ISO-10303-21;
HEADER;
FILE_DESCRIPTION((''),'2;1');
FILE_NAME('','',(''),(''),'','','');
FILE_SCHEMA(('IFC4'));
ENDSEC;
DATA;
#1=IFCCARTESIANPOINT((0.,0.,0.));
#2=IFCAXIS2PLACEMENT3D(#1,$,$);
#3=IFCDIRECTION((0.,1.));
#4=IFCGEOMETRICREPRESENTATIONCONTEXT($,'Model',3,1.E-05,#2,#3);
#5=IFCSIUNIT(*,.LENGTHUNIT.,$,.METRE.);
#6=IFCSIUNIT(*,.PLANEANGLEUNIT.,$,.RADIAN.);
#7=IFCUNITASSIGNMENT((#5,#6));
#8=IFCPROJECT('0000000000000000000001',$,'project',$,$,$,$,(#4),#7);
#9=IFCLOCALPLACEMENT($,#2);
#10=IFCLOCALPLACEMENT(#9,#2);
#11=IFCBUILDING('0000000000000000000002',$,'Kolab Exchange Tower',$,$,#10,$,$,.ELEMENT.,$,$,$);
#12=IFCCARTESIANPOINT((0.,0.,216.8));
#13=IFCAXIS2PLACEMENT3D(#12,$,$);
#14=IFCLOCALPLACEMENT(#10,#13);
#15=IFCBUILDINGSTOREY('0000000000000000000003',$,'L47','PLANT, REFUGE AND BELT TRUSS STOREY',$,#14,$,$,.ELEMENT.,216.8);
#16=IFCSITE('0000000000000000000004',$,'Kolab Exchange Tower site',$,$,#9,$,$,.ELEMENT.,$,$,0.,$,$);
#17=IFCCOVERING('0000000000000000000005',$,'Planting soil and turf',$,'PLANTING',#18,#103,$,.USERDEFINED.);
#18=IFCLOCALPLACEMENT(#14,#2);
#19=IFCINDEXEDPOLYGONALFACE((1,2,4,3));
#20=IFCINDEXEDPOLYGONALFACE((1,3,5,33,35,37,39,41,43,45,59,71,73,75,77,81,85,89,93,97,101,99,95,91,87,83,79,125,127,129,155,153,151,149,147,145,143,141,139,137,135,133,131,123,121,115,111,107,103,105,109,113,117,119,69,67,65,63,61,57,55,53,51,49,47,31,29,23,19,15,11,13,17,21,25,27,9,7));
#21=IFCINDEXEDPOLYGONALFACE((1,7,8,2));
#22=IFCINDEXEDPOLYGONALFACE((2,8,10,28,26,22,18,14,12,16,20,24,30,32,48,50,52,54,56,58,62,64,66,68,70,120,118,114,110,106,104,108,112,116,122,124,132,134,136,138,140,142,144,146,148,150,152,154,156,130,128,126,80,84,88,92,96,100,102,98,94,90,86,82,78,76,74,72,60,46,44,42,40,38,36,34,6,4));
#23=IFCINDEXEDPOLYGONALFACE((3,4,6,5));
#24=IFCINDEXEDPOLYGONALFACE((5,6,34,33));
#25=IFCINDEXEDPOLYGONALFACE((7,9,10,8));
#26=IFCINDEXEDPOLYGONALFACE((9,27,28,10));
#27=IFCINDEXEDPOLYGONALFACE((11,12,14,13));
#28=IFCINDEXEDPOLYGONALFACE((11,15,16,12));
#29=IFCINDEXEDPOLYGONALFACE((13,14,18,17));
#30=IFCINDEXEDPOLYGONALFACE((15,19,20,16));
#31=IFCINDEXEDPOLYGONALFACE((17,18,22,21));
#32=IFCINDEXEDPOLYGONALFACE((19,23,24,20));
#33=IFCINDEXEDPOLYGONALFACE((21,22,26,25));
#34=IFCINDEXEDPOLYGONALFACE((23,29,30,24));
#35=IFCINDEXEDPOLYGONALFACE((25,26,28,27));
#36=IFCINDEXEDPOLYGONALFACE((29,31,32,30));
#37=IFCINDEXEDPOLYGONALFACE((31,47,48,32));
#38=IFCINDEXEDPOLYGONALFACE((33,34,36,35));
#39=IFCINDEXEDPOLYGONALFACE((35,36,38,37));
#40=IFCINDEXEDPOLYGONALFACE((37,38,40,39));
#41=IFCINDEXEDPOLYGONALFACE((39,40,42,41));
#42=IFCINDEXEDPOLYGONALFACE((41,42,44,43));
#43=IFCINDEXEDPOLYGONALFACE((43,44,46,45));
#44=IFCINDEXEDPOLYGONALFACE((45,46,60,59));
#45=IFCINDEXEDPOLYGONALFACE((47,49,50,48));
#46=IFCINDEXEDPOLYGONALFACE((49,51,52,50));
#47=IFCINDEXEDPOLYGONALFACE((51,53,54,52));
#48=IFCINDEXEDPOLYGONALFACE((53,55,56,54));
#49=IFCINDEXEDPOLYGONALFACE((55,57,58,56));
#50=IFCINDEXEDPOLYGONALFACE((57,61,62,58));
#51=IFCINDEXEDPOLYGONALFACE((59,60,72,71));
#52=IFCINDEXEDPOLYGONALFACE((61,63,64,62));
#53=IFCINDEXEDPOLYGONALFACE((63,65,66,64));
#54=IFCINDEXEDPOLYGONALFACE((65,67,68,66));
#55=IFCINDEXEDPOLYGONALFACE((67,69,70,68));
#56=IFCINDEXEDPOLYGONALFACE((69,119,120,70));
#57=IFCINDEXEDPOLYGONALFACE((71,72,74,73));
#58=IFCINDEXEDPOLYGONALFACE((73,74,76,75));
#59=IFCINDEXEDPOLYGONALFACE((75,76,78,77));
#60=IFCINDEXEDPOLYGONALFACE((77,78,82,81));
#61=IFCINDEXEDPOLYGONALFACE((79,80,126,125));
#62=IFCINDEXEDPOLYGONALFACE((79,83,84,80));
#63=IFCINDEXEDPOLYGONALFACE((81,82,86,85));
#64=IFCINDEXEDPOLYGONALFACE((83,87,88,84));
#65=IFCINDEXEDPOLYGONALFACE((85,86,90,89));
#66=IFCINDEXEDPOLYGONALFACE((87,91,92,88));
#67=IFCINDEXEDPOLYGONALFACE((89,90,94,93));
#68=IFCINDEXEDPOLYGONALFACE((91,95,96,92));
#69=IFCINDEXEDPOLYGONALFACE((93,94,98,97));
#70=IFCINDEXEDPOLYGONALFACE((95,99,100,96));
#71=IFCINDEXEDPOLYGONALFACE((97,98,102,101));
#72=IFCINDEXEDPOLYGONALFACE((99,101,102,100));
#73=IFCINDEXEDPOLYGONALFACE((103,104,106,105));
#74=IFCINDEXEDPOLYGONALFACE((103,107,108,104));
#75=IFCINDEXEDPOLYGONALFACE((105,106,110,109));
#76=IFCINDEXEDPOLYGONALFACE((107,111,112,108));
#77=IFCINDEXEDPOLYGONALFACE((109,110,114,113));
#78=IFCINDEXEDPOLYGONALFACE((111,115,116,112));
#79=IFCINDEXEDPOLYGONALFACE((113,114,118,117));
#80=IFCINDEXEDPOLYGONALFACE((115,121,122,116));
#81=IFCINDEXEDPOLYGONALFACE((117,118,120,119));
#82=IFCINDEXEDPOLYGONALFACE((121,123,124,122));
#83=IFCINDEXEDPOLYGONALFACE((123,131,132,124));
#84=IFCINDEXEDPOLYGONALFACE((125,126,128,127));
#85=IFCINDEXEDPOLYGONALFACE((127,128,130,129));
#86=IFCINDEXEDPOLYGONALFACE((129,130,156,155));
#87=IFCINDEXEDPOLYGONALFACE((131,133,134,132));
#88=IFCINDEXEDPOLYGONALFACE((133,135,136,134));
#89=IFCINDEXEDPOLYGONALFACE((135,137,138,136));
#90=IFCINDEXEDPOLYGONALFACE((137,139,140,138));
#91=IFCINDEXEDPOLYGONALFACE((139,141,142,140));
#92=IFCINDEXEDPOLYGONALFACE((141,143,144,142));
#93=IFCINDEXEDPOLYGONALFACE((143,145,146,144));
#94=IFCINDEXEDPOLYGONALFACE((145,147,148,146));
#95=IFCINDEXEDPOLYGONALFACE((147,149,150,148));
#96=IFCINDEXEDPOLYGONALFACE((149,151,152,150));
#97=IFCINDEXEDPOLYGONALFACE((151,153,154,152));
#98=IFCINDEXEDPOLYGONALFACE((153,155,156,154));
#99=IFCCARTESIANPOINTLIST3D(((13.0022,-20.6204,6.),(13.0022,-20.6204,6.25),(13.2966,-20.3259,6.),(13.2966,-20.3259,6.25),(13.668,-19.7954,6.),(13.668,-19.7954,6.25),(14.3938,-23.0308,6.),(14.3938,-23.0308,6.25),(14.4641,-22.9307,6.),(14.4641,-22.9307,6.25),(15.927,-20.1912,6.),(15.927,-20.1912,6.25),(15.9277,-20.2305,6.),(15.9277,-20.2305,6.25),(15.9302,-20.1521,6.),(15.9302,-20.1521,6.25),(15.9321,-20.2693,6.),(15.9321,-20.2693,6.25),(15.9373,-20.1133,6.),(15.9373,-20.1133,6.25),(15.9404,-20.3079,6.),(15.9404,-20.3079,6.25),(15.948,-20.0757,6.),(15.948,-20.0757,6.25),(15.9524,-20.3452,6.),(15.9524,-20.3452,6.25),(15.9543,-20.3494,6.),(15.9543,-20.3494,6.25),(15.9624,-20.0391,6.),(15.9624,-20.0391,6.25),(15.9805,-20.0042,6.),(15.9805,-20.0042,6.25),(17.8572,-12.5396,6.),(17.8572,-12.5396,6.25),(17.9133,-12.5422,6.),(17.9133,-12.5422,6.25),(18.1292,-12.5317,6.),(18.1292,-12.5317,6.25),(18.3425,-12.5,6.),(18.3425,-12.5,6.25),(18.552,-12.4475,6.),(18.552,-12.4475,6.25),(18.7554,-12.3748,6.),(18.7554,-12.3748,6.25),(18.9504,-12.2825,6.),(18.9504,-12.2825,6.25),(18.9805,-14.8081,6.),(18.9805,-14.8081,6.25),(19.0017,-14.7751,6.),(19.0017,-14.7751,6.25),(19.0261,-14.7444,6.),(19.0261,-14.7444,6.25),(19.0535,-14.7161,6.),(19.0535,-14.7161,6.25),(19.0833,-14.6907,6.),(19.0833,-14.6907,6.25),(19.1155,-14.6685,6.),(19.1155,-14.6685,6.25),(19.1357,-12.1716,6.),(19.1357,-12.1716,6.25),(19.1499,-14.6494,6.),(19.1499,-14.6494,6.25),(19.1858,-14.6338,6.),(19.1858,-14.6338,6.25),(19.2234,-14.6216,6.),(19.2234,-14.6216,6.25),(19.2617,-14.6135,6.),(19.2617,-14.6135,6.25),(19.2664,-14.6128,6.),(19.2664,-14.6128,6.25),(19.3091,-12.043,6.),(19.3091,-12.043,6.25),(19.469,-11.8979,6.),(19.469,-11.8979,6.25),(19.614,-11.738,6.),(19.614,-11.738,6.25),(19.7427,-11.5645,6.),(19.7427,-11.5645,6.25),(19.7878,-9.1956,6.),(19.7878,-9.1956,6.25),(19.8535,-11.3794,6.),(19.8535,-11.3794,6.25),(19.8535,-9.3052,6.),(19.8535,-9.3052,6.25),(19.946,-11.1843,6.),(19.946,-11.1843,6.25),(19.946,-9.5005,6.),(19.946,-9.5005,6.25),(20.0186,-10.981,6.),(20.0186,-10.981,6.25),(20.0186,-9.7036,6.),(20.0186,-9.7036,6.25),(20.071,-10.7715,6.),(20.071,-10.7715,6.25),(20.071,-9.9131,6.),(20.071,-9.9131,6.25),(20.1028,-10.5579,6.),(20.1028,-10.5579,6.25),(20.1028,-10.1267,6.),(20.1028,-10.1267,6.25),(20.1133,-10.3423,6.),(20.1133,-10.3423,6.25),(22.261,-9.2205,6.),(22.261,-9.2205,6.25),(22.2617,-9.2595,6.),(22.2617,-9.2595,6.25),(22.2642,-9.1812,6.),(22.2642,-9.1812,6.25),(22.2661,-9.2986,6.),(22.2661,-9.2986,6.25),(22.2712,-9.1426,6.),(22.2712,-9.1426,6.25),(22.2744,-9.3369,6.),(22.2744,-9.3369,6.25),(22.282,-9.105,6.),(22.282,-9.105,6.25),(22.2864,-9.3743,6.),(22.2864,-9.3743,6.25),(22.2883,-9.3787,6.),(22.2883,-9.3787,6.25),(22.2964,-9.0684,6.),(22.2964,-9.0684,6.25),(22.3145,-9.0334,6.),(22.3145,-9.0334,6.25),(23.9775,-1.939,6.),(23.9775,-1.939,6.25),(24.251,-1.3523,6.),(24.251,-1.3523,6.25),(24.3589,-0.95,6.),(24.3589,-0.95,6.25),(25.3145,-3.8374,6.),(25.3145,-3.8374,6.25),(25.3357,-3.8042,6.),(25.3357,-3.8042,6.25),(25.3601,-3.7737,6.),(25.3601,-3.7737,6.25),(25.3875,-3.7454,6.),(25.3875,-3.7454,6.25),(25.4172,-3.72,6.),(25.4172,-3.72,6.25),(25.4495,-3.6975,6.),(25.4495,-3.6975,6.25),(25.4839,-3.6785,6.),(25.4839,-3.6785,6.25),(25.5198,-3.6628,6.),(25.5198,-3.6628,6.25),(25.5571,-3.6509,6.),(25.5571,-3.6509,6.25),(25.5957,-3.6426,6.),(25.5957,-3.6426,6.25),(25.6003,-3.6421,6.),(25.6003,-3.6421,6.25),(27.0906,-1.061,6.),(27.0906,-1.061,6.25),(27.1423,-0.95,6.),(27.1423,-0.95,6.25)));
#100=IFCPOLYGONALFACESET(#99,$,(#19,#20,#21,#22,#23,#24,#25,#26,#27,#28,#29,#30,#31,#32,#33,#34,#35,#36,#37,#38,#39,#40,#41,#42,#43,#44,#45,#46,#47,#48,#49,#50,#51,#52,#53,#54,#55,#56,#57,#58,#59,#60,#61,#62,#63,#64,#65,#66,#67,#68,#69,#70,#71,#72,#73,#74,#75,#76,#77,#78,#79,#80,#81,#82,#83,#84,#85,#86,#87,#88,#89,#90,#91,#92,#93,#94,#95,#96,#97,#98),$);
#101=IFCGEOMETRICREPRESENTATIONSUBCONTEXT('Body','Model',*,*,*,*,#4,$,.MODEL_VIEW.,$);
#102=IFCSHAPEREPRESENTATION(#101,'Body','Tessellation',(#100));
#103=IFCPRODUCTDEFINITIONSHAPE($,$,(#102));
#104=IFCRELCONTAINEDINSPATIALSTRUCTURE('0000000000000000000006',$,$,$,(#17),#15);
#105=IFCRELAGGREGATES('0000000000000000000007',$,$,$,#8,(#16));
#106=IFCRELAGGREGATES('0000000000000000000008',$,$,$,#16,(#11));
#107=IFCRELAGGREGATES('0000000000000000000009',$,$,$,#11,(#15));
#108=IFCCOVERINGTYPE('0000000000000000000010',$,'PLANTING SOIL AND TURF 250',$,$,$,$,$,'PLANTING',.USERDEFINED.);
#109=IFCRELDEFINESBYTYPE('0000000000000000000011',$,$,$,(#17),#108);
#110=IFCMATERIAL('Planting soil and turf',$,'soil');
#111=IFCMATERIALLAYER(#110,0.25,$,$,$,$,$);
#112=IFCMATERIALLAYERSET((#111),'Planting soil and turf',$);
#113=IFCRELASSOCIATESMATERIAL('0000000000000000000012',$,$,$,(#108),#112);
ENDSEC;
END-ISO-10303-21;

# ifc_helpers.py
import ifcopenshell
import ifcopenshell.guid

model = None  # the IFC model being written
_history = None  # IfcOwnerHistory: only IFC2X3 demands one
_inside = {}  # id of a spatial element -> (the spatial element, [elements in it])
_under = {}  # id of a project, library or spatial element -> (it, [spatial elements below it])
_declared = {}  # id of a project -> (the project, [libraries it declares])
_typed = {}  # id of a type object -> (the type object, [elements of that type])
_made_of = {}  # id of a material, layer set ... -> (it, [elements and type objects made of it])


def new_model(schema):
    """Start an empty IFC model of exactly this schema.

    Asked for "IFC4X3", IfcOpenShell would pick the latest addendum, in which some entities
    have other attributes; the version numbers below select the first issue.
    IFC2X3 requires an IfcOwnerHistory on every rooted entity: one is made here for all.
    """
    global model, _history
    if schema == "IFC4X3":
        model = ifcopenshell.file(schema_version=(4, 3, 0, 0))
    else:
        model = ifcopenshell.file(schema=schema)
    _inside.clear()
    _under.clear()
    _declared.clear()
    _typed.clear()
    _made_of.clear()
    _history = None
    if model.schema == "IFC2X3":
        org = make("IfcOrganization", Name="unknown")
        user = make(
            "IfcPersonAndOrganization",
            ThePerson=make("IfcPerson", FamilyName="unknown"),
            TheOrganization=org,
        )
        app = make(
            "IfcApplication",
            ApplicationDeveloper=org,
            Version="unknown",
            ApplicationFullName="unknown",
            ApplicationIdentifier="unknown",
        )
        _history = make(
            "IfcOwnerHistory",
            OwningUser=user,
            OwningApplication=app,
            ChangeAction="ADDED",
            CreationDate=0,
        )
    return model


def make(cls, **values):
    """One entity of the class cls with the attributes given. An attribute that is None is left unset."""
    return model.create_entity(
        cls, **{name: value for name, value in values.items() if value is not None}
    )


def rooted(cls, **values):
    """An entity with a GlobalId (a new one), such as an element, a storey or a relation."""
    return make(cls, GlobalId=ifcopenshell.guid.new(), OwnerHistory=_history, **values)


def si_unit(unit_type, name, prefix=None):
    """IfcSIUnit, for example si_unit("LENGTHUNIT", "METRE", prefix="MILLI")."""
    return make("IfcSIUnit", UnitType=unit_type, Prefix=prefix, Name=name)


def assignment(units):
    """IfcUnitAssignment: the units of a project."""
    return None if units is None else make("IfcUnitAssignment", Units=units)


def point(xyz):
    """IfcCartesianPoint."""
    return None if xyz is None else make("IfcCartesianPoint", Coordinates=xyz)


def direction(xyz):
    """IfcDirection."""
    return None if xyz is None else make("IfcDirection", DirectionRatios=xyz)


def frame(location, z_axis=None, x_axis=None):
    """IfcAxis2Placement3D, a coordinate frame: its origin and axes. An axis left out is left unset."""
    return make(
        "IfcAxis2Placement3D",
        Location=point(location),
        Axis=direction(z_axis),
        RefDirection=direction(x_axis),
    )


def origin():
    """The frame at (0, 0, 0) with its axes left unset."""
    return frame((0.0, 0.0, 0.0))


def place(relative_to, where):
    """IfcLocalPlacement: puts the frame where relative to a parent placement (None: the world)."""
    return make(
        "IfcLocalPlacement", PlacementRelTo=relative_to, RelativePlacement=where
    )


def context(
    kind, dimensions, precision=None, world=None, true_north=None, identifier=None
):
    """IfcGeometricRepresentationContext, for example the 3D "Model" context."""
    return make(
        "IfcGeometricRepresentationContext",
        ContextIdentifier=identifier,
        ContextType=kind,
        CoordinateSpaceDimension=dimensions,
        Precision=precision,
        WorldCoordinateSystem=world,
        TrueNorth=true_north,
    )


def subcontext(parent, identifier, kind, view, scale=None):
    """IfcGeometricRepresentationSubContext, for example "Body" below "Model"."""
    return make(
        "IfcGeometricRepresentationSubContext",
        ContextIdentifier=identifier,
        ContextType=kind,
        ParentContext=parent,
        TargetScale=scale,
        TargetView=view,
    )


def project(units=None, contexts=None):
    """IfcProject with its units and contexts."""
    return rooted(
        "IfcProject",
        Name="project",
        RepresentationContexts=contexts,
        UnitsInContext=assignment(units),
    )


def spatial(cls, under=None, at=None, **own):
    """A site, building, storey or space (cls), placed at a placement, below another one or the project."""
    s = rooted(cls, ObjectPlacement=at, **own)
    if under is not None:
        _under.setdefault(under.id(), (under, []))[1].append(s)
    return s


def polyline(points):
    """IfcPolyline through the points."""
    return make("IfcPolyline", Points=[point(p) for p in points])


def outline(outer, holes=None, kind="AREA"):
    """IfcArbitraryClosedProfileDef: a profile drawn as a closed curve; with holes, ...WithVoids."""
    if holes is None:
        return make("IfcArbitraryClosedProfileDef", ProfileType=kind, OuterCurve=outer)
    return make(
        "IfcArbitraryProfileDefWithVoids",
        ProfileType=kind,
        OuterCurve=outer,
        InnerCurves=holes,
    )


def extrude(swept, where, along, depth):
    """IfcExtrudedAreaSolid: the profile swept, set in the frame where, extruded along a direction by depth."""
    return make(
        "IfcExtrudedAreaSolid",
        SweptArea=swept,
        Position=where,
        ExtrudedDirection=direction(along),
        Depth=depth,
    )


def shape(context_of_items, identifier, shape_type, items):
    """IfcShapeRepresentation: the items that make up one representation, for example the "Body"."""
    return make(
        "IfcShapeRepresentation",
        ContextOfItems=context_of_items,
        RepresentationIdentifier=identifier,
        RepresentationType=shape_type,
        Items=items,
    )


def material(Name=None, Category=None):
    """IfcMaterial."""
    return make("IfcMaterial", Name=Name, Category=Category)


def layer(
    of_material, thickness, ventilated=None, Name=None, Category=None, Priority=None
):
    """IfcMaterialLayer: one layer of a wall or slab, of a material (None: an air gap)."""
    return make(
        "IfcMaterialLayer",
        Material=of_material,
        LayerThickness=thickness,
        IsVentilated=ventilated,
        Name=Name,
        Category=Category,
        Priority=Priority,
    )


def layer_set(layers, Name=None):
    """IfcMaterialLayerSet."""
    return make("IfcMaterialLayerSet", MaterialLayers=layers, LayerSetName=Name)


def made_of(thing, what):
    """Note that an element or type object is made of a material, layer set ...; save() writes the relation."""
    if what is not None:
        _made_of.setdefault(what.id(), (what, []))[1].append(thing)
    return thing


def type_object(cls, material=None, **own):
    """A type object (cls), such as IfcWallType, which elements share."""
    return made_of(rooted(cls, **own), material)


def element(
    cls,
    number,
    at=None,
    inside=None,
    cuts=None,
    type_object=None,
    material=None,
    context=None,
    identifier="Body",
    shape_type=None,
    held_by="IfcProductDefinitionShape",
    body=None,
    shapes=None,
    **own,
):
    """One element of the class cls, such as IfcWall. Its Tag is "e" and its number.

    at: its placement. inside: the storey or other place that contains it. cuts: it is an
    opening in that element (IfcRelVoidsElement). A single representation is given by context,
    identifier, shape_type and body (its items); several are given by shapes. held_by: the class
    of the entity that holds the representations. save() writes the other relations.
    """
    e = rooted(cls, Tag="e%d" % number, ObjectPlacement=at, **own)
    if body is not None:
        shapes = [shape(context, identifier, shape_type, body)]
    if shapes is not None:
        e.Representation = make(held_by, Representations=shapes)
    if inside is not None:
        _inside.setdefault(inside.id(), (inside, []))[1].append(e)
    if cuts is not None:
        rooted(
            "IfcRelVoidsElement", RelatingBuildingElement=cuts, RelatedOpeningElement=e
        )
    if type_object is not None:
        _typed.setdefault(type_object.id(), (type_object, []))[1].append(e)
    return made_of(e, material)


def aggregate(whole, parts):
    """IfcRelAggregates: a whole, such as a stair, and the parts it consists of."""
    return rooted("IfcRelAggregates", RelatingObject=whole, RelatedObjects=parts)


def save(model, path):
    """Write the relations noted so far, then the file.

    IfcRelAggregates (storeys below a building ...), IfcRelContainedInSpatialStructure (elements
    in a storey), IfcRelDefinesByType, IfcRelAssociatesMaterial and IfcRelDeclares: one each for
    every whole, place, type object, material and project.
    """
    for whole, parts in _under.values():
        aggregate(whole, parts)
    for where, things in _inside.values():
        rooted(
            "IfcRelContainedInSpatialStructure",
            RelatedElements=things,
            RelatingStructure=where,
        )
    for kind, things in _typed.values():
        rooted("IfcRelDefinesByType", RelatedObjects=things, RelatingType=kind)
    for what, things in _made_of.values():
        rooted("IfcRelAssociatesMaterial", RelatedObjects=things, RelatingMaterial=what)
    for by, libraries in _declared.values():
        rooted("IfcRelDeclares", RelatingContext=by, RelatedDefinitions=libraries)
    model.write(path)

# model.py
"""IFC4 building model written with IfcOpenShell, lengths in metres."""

from ifc_helpers import new_model, si_unit, direction, frame, origin, place, context, subcontext, project, spatial, polyline, outline, extrude, material, layer, layer_set, type_object, element, save


model = new_model("IFC4")

# Units and contexts
model_context = context("Model", 3, precision=1e-05, world=origin(), true_north=direction((0.0, 1.0)))
body_context = subcontext(model_context, "Body", "Model", "MODEL_VIEW")
ifc_project = project(units=[si_unit("LENGTHUNIT", "METRE"), si_unit("PLANEANGLEUNIT", "RADIAN")], contexts=[model_context])

# Site, building, storey
site_placement = place(None, origin())
site = spatial("IfcSite", under=ifc_project, at=site_placement, Name="Kolab Exchange Tower site", CompositionType="ELEMENT", RefElevation=0.0)
building_placement = place(site_placement, origin())
building = spatial("IfcBuilding", under=site, at=building_placement, Name="Kolab Exchange Tower", CompositionType="ELEMENT")
storey_placement = place(building_placement, frame((0.0, 0.0, 216.8)))
storey = spatial("IfcBuildingStorey", under=building, at=storey_placement, Name="L47", Description="PLANT, REFUGE AND BELT TRUSS STOREY", CompositionType="ELEMENT", Elevation=216.8)

# Covering
ifc_material_1 = material(Name="Planting soil and turf", Category="soil")
ifc_layer_1 = layer(ifc_material_1, 0.25)
ifc_layer_set_1 = layer_set([ifc_layer_1], Name="Planting soil and turf")
covering_type_1 = type_object("IfcCoveringType", Name="PLANTING SOIL AND TURF 250", ElementType="PLANTING", PredefinedType="USERDEFINED", material=ifc_layer_set_1)
covering_1_placement = place(storey_placement, frame((0.0, 0.0, 6.0)))
element("IfcCovering", 1, at=covering_1_placement, inside=storey, type_object=covering_type_1, Name="Planting soil and turf", ObjectType="PLANTING", PredefinedType="USERDEFINED", context=body_context, shape_type="SweptSolid", body=[
    extrude(outline(polyline([(13.2966, -20.3259), (13.668, -19.7954), (17.8572, -12.5396), (17.9133, -12.5422), (18.1292, -12.5317), (18.3425, -12.5), (18.552, -12.4475), (18.7554, -12.3748), (18.9504, -12.2825), (19.1357, -12.1716), (19.3091, -12.043), (19.469, -11.8979), (19.614, -11.738), (19.7427, -11.5645), (19.8535, -11.3794), (19.946, -11.1843), (20.0186, -10.981), (20.071, -10.7715), (20.1028, -10.5579), (20.1133, -10.3423), (20.1028, -10.1267), (20.071, -9.9131), (20.0186, -9.7036), (19.946, -9.5005), (19.8535, -9.3052), (19.7878, -9.1956), (23.9775, -1.939), (24.251, -1.3523), (24.3589, -0.95), (27.1423, -0.95), (27.0906, -1.061), (25.6003, -3.6421), (25.5957, -3.6426), (25.5571, -3.6509), (25.5198, -3.6628), (25.4839, -3.6785), (25.4495, -3.6975), (25.4172, -3.72), (25.3875, -3.7454), (25.3601, -3.7737), (25.3357, -3.8042), (25.3145, -3.8374), (22.3145, -9.0334), (22.2964, -9.0684), (22.282, -9.105), (22.2712, -9.1426), (22.2642, -9.1812), (22.261, -9.2205), (22.2617, -9.2595), (22.2661, -9.2986), (22.2744, -9.3369), (22.2864, -9.3743), (22.2883, -9.3787), (19.2664, -14.6128), (19.2617, -14.6135), (19.2234, -14.6216), (19.1858, -14.6338), (19.1499, -14.6494), (19.1155, -14.6685), (19.0833, -14.6907), (19.0535, -14.7161), (19.0261, -14.7444), (19.0017, -14.7751), (18.9805, -14.8081), (15.9805, -20.0042), (15.9624, -20.0391), (15.948, -20.0757), (15.9373, -20.1133), (15.9302, -20.1521), (15.927, -20.1912), (15.9277, -20.2305), (15.9321, -20.2693), (15.9404, -20.3079), (15.9524, -20.3452), (15.9543, -20.3494), (14.4641, -22.9307), (14.3938, -23.0308), (13.0022, -20.6204), (13.2966, -20.3259)])), origin(), (0.0, 0.0, 1.0), 0.25),
])

save(model, "model.ifc")
